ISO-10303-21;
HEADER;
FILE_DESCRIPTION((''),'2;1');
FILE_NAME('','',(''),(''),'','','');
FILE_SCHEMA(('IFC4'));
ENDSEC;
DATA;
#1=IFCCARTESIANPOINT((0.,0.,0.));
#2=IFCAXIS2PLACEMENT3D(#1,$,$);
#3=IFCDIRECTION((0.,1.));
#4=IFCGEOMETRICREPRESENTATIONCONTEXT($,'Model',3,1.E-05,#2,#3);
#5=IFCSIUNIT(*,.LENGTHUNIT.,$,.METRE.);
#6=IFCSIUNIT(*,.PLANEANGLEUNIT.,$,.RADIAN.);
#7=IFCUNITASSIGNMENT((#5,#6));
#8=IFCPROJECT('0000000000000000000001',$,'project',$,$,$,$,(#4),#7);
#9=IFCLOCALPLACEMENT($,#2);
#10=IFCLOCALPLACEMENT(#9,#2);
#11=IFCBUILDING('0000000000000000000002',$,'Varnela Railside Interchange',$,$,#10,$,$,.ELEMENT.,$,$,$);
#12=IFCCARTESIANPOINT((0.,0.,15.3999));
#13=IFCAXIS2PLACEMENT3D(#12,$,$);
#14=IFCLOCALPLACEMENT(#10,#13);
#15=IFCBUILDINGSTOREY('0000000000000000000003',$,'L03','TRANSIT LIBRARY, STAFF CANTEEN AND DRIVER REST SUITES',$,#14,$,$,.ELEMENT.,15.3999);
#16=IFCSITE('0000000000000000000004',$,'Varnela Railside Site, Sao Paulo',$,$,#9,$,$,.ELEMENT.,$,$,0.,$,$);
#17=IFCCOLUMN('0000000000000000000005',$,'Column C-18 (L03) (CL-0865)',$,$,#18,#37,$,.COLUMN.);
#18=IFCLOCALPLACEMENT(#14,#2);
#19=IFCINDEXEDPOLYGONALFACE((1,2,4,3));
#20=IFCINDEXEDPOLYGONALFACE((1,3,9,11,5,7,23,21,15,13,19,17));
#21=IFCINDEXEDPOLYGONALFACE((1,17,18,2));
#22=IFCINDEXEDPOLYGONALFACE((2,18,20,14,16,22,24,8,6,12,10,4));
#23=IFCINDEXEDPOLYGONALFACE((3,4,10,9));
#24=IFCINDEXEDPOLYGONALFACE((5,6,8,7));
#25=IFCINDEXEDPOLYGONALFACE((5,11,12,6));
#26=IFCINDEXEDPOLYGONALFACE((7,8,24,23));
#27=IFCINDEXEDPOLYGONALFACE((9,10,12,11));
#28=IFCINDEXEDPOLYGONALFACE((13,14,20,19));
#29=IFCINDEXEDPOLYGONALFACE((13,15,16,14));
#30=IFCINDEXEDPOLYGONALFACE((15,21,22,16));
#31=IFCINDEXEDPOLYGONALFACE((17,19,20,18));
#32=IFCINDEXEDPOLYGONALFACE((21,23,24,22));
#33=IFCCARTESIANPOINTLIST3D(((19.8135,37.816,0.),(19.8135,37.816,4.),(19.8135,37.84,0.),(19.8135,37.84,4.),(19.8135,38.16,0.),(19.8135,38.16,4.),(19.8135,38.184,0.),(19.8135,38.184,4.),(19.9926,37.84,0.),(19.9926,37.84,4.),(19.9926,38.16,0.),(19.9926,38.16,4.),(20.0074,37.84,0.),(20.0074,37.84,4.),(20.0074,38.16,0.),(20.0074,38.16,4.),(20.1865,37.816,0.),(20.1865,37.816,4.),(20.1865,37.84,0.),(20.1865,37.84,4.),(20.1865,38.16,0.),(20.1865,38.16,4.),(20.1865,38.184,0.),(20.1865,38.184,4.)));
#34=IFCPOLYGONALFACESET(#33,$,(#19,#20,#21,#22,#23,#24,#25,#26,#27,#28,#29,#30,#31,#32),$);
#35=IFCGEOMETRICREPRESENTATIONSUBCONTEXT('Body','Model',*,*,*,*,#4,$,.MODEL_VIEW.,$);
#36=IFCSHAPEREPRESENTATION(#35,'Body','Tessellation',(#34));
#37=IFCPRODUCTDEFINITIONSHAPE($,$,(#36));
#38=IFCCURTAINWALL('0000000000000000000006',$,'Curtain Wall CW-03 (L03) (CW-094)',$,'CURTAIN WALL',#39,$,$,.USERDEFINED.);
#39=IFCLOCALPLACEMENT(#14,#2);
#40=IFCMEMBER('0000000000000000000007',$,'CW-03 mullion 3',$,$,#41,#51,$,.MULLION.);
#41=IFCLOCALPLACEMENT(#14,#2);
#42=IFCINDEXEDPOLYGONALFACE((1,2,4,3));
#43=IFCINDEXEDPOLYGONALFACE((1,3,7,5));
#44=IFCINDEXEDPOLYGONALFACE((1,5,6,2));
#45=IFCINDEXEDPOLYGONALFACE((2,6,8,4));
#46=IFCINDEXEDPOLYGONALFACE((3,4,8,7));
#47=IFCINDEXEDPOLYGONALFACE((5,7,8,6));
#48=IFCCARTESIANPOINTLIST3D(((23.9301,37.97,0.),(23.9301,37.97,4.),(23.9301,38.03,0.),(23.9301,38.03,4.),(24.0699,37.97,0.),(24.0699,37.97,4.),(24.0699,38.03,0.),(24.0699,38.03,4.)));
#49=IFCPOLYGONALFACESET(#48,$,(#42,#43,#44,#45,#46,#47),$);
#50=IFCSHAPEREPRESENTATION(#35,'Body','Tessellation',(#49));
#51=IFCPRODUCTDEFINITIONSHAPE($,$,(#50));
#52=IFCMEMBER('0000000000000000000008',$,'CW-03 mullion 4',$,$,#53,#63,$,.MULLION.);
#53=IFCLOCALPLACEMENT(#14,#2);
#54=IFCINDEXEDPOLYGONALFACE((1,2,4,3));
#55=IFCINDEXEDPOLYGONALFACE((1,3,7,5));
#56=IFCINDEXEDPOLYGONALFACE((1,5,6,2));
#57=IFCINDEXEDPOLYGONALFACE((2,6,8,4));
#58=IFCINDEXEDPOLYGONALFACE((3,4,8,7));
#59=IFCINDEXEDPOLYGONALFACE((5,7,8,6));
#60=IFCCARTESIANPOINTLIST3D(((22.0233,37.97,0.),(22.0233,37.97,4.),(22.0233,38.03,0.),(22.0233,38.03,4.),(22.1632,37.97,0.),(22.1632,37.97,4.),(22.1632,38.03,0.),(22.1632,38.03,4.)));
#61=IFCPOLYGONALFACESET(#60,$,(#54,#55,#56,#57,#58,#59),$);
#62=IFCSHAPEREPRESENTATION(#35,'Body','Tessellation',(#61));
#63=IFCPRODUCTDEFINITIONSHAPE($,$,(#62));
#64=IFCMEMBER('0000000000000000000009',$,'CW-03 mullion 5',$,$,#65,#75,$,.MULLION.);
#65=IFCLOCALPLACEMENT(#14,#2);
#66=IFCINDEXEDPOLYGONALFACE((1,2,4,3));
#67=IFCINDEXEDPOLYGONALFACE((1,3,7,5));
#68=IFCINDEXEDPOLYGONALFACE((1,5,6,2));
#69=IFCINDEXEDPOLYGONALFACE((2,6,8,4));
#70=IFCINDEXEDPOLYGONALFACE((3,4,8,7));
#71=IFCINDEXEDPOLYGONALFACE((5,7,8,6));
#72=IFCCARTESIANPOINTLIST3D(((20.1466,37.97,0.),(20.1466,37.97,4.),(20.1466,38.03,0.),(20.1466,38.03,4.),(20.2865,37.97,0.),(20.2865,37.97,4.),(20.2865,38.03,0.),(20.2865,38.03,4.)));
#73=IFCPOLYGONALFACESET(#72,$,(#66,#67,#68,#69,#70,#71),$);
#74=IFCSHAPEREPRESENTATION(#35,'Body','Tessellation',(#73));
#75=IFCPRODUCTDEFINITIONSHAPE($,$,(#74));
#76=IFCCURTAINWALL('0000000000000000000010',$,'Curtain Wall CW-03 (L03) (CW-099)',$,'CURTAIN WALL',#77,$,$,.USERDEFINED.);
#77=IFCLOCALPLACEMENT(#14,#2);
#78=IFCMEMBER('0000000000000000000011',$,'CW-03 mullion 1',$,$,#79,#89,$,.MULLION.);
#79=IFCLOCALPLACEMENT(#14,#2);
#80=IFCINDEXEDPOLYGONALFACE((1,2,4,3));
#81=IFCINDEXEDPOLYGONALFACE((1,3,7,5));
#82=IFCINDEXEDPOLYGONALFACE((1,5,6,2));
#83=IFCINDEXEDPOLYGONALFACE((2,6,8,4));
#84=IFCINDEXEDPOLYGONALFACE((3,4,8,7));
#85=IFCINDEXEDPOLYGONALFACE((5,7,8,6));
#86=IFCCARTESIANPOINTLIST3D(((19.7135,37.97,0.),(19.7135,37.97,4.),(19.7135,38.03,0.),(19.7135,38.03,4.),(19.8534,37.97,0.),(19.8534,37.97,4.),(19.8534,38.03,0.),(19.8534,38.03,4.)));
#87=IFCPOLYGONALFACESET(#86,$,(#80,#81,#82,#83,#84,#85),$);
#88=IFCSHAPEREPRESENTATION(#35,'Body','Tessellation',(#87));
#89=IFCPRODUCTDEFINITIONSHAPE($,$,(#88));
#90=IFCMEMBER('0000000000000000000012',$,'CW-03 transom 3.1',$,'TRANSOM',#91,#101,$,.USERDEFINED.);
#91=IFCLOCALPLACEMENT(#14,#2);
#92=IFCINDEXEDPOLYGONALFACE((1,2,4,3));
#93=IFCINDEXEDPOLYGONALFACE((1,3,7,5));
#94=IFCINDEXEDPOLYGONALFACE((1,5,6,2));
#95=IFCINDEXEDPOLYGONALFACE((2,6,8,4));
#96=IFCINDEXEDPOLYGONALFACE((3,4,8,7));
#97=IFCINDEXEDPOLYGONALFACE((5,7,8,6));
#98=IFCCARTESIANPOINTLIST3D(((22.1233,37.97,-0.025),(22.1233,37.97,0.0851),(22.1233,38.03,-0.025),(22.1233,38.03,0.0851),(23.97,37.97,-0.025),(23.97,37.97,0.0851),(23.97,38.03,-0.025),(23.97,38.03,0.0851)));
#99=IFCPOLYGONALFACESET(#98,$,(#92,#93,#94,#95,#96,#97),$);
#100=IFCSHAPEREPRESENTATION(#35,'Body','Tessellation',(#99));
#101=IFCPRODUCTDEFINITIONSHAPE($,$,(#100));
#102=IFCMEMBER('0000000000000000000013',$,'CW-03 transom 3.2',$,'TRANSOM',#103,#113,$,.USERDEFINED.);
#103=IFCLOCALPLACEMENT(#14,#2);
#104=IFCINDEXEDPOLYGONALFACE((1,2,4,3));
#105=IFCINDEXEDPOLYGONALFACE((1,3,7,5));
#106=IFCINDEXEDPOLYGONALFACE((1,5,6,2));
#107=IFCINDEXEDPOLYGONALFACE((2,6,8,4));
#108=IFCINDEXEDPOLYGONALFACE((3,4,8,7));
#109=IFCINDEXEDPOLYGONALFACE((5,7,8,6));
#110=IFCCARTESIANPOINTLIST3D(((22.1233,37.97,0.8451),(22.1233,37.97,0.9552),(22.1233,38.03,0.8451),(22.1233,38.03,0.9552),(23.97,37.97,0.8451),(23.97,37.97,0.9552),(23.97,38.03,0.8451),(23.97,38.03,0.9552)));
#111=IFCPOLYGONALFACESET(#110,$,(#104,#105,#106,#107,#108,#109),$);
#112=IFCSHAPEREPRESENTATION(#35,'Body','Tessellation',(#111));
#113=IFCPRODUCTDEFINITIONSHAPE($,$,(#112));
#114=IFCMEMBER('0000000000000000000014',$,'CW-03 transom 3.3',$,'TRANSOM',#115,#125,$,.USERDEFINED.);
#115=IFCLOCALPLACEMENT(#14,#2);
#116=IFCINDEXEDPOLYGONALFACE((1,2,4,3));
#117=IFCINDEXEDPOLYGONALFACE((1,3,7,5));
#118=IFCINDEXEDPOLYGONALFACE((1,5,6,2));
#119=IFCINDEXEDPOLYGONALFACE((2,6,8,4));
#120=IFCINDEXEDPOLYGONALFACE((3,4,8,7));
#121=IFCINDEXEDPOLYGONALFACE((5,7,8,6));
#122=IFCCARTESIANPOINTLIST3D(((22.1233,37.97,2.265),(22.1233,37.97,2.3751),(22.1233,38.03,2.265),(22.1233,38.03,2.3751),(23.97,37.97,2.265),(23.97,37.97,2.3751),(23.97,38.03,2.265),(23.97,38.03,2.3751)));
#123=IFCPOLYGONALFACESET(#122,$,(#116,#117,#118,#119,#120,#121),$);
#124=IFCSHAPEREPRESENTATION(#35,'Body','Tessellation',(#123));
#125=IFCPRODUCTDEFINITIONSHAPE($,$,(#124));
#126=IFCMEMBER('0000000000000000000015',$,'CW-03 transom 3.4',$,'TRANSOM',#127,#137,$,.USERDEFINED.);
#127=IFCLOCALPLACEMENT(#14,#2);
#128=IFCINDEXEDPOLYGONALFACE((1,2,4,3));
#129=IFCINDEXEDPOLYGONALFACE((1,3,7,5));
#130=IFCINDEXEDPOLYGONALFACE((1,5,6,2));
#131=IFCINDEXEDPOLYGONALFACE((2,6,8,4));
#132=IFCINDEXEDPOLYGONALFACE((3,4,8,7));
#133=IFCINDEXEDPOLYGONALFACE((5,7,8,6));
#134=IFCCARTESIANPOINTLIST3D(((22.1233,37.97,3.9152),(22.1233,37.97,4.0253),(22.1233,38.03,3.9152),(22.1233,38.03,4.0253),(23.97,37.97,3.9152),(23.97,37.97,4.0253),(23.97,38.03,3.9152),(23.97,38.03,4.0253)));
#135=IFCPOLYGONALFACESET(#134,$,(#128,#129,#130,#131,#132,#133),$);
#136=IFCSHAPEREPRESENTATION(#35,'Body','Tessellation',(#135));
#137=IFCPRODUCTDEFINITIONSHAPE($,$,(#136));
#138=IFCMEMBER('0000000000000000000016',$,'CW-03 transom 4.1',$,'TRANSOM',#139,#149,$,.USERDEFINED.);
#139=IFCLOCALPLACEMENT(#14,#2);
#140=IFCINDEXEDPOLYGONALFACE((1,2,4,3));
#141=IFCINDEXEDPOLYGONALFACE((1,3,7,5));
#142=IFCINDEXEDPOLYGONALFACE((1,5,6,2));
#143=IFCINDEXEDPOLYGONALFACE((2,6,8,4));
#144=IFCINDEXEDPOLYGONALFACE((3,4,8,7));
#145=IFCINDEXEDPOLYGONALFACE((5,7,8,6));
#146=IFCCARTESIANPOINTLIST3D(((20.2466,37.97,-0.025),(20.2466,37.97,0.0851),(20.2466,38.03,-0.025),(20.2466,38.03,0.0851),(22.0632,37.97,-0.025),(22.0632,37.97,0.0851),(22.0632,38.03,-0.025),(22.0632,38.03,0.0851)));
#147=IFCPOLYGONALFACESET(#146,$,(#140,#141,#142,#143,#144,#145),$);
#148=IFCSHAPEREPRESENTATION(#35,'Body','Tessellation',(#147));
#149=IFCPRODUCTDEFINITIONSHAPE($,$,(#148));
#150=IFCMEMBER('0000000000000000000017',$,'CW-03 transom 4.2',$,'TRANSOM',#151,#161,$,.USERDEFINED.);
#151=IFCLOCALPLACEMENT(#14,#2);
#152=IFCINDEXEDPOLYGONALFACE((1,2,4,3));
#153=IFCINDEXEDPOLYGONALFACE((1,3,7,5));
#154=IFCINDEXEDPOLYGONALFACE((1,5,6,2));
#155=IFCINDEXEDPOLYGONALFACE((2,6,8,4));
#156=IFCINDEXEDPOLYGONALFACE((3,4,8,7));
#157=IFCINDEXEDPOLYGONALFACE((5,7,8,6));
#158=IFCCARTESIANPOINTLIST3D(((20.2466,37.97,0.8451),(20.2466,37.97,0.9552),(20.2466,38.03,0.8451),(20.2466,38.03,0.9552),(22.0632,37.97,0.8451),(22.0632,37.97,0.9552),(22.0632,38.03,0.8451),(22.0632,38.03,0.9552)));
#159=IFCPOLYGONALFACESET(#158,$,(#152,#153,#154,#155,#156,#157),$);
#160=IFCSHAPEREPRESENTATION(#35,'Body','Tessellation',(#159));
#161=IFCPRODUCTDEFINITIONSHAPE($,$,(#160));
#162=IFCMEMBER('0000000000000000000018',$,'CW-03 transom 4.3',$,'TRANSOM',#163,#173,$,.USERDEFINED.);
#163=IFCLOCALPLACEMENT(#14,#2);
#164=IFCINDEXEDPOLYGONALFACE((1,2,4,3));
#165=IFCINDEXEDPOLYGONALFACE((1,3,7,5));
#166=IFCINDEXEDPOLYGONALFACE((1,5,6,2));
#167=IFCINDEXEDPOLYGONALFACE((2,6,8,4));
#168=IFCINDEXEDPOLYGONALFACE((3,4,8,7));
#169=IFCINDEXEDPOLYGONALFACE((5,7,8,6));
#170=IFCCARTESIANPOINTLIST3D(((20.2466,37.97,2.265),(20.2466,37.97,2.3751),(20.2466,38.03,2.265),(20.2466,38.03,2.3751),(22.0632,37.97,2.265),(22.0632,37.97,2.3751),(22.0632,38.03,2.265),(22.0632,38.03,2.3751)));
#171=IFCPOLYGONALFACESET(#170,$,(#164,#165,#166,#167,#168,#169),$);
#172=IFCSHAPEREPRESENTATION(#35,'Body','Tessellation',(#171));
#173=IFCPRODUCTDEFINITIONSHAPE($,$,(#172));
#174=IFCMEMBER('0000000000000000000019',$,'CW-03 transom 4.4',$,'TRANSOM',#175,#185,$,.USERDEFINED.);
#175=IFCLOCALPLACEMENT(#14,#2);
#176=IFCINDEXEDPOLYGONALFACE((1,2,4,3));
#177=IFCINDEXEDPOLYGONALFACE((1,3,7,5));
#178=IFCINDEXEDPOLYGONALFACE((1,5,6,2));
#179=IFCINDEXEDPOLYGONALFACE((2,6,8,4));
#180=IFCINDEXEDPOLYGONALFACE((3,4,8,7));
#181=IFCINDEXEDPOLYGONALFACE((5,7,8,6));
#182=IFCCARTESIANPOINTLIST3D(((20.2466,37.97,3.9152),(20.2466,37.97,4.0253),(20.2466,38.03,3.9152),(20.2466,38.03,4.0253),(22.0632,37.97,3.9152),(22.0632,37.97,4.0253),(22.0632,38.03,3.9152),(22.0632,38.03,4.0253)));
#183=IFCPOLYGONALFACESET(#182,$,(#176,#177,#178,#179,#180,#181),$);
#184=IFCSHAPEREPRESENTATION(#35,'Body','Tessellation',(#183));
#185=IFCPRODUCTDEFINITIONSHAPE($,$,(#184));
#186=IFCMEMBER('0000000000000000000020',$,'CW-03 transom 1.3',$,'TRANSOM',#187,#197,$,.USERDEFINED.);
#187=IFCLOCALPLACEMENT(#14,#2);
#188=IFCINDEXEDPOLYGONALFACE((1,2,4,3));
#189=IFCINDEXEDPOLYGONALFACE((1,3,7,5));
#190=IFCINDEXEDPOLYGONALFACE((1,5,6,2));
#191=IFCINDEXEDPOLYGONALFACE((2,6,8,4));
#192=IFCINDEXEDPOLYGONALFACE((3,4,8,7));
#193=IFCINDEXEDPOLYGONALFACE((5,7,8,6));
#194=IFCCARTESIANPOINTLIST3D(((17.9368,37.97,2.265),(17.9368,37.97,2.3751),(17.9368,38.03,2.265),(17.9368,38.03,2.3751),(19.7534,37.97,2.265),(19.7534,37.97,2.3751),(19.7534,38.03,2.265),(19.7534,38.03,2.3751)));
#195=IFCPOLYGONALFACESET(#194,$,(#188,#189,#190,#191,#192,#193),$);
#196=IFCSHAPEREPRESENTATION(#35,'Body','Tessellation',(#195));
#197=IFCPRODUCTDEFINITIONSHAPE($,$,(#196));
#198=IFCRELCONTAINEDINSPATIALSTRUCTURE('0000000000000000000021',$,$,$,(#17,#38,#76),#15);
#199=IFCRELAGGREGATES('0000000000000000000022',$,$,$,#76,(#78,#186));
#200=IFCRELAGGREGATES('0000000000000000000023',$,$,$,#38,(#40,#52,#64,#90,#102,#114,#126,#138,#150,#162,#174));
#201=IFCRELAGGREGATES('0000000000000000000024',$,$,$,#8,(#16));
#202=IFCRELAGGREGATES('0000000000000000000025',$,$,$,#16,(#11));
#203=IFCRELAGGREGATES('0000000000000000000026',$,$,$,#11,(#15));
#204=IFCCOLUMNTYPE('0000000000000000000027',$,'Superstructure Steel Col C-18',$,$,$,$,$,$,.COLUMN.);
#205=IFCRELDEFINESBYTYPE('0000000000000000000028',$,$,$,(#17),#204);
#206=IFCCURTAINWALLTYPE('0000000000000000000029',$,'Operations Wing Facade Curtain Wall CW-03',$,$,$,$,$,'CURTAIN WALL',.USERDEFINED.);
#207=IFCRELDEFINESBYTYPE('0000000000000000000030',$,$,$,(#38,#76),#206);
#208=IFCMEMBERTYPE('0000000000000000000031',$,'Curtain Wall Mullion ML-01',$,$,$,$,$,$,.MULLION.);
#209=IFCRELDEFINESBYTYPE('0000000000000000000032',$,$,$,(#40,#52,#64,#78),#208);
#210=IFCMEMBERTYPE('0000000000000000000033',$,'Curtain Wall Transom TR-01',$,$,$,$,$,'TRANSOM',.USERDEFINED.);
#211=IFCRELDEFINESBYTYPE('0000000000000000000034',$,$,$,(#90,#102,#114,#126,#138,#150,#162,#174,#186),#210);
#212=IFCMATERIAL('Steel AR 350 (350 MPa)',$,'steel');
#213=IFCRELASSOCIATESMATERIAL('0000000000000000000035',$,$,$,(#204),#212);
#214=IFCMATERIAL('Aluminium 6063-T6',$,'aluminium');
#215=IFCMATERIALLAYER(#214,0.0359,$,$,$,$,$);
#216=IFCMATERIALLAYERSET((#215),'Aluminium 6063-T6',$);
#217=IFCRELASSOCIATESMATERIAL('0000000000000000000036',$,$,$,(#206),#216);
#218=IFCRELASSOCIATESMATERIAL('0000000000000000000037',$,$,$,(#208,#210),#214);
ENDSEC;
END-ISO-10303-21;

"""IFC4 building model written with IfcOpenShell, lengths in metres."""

from ifc_helpers import new_model, si_unit, direction, frame, origin, origin_2d, place, context, subcontext, project, spatial, rectangle, i_section, extrude, material, layer, layer_set, material_profile, profile_set, type_object, element, aggregate, save


model = new_model("IFC4")

# Units and contexts
model_context = context("Model", 3, precision=1e-05, world=origin(), true_north=direction((0.0, 1.0)))
body_context = subcontext(model_context, "Body", "Model", "MODEL_VIEW")
ifc_project = project(units=[si_unit("LENGTHUNIT", "METRE"), si_unit("PLANEANGLEUNIT", "RADIAN")], contexts=[model_context])

# Site, building, storey
site_placement = place(None, origin())
site = spatial("IfcSite", under=ifc_project, at=site_placement, Name="Varnela Railside Site, Sao Paulo", CompositionType="ELEMENT", RefElevation=0.0)
building_placement = place(site_placement, origin())
building = spatial("IfcBuilding", under=site, at=building_placement, Name="Varnela Railside Interchange", CompositionType="ELEMENT")
storey_placement = place(building_placement, frame((0.0, 0.0, 15.3999)))
storey = spatial("IfcBuildingStorey", under=building, at=storey_placement, Name="L03", Description="TRANSIT LIBRARY, STAFF CANTEEN AND DRIVER REST SUITES", CompositionType="ELEMENT", Elevation=15.3999)

# Column
ifc_material_1 = material(Name="Steel AR 350 (350 MPa)", Category="steel")
ifc_material_profile_1 = material_profile(ifc_material_1, i_section(OverallWidth=0.373, OverallDepth=0.3679, WebThickness=0.0149, FlangeThickness=0.0239, at=origin_2d()), Name="W360x179")
ifc_profile_set_1 = profile_set([ifc_material_profile_1], Name="Steel AR 350 (350 MPa)")
column_type = type_object("IfcColumnType", Name="Superstructure Steel Col C-18", PredefinedType="COLUMN", material=ifc_profile_set_1)
column_placement = place(storey_placement, frame((20.0, 38.0, 0.0), z_axis=(0.0, 0.0, 1.0), x_axis=(1.0, 0.0, 0.0)))
element("IfcColumn", 1, at=column_placement, inside=storey, type_object=column_type, Name="Column C-18 (L03) (CL-0865)", PredefinedType="COLUMN", context=body_context, shape_type="SweptSolid", body=[
    extrude(i_section(OverallWidth=0.373, OverallDepth=0.3679, WebThickness=0.0149, FlangeThickness=0.0239, at=origin_2d()), origin(), (0.0, 0.0, 1.0), 4.0),
])

# Curtain wall, members
ifc_material_2 = material(Name="Aluminium 6063-T6", Category="aluminium")
ifc_layer_1 = layer(ifc_material_2, 0.0359)
ifc_layer_set_1 = layer_set([ifc_layer_1], Name="Aluminium 6063-T6")
curtain_wall_type = type_object("IfcCurtainWallType", Name="Operations Wing Facade Curtain Wall CW-03", ElementType="CURTAIN WALL", PredefinedType="USERDEFINED", material=ifc_layer_set_1)
curtain_wall_1_placement = place(storey_placement, origin())
curtain_wall_1 = element("IfcCurtainWall", 2, at=curtain_wall_1_placement, inside=storey, type_object=curtain_wall_type, Name="Curtain Wall CW-03 (L03) (CW-094)", ObjectType="CURTAIN WALL", PredefinedType="USERDEFINED")
ifc_material_profile_2 = material_profile(ifc_material_2, rectangle(XDim=0.0601, YDim=0.1399, at=origin_2d()), Name="ALU 60x140")
ifc_profile_set_2 = profile_set([ifc_material_profile_2], Name="Aluminium 6063-T6")
member_type_1 = type_object("IfcMemberType", Name="Curtain Wall Mullion ML-01", PredefinedType="MULLION", material=ifc_profile_set_2)
member_1_placement = place(storey_placement, frame((24.0, 38.0, 0.0), z_axis=(0.0, 0.0, 1.0), x_axis=(0.0, -1.0, 0.0)))
member_1 = element("IfcMember", 3, at=member_1_placement, type_object=member_type_1, Name="CW-03 mullion 3", PredefinedType="MULLION", context=body_context, shape_type="SweptSolid", body=[
    extrude(rectangle(XDim=0.0601, YDim=0.1399, at=origin_2d()), origin(), (0.0, 0.0, 1.0), 4.0),
])
member_2_placement = place(storey_placement, frame((22.0933, 38.0, 0.0), z_axis=(0.0, 0.0, 1.0), x_axis=(0.0, -1.0, 0.0)))
member_2 = element("IfcMember", 4, at=member_2_placement, type_object=member_type_1, Name="CW-03 mullion 4", PredefinedType="MULLION", context=body_context, shape_type="SweptSolid", body=[
    extrude(rectangle(XDim=0.0601, YDim=0.1399, at=origin_2d()), origin(), (0.0, 0.0, 1.0), 4.0),
])
member_3_placement = place(storey_placement, frame((20.2166, 38.0, 0.0), z_axis=(0.0, 0.0, 1.0), x_axis=(0.0, -1.0, 0.0)))
member_3 = element("IfcMember", 5, at=member_3_placement, type_object=member_type_1, Name="CW-03 mullion 5", PredefinedType="MULLION", context=body_context, shape_type="SweptSolid", body=[
    extrude(rectangle(XDim=0.0601, YDim=0.1399, at=origin_2d()), origin(), (0.0, 0.0, 1.0), 4.0),
])

# Curtain wall, member
curtain_wall_2_placement = place(storey_placement, origin())
curtain_wall_2 = element("IfcCurtainWall", 6, at=curtain_wall_2_placement, inside=storey, type_object=curtain_wall_type, Name="Curtain Wall CW-03 (L03) (CW-099)", ObjectType="CURTAIN WALL", PredefinedType="USERDEFINED")
member_4_placement = place(storey_placement, frame((19.7834, 38.0, 0.0), z_axis=(0.0, 0.0, 1.0), x_axis=(0.0, -1.0, 0.0)))
member_4 = element("IfcMember", 7, at=member_4_placement, type_object=member_type_1, Name="CW-03 mullion 1", PredefinedType="MULLION", context=body_context, shape_type="SweptSolid", body=[
    extrude(rectangle(XDim=0.0601, YDim=0.1399, at=origin_2d()), origin(), (0.0, 0.0, 1.0), 4.0),
])

# Members
ifc_material_profile_3 = material_profile(ifc_material_2, rectangle(XDim=0.0601, YDim=0.1101, at=origin_2d()), Name="ALU 60x110")
ifc_profile_set_3 = profile_set([ifc_material_profile_3], Name="Aluminium 6063-T6")
member_type_2 = type_object("IfcMemberType", Name="Curtain Wall Transom TR-01", ElementType="TRANSOM", PredefinedType="USERDEFINED", material=ifc_profile_set_3)
member_5_placement = place(storey_placement, frame((23.97, 38.0, 0.03), z_axis=(-1.0, 0.0, 0.0), x_axis=(0.0, -1.0, 0.0)))
member_5 = element("IfcMember", 8, at=member_5_placement, type_object=member_type_2, Name="CW-03 transom 3.1", ObjectType="TRANSOM", PredefinedType="USERDEFINED", context=body_context, shape_type="SweptSolid", body=[
    extrude(rectangle(XDim=0.0601, YDim=0.1101, at=origin_2d()), origin(), (0.0, 0.0, 1.0), 1.8467),
])
member_6_placement = place(storey_placement, frame((23.97, 38.0, 0.9001), z_axis=(-1.0, 0.0, 0.0), x_axis=(0.0, -1.0, 0.0)))
member_6 = element("IfcMember", 9, at=member_6_placement, type_object=member_type_2, Name="CW-03 transom 3.2", ObjectType="TRANSOM", PredefinedType="USERDEFINED", context=body_context, shape_type="SweptSolid", body=[
    extrude(rectangle(XDim=0.0601, YDim=0.1101, at=origin_2d()), origin(), (0.0, 0.0, 1.0), 1.8467),
])
member_7_placement = place(storey_placement, frame((23.97, 38.0, 2.3201), z_axis=(-1.0, 0.0, 0.0), x_axis=(0.0, -1.0, 0.0)))
member_7 = element("IfcMember", 10, at=member_7_placement, type_object=member_type_2, Name="CW-03 transom 3.3", ObjectType="TRANSOM", PredefinedType="USERDEFINED", context=body_context, shape_type="SweptSolid", body=[
    extrude(rectangle(XDim=0.0601, YDim=0.1101, at=origin_2d()), origin(), (0.0, 0.0, 1.0), 1.8467),
])
member_8_placement = place(storey_placement, frame((23.97, 38.0, 3.9702), z_axis=(-1.0, 0.0, 0.0), x_axis=(0.0, -1.0, 0.0)))
member_8 = element("IfcMember", 11, at=member_8_placement, type_object=member_type_2, Name="CW-03 transom 3.4", ObjectType="TRANSOM", PredefinedType="USERDEFINED", context=body_context, shape_type="SweptSolid", body=[
    extrude(rectangle(XDim=0.0601, YDim=0.1101, at=origin_2d()), origin(), (0.0, 0.0, 1.0), 1.8467),
])
member_9_placement = place(storey_placement, frame((22.0632, 38.0, 0.03), z_axis=(-1.0, 0.0, 0.0), x_axis=(0.0, -1.0, 0.0)))
member_9 = element("IfcMember", 12, at=member_9_placement, type_object=member_type_2, Name="CW-03 transom 4.1", ObjectType="TRANSOM", PredefinedType="USERDEFINED", context=body_context, shape_type="SweptSolid", body=[
    extrude(rectangle(XDim=0.0601, YDim=0.1101, at=origin_2d()), origin(), (0.0, 0.0, 1.0), 1.8167),
])
member_10_placement = place(storey_placement, frame((22.0632, 38.0, 0.9001), z_axis=(-1.0, 0.0, 0.0), x_axis=(0.0, -1.0, 0.0)))
member_10 = element("IfcMember", 13, at=member_10_placement, type_object=member_type_2, Name="CW-03 transom 4.2", ObjectType="TRANSOM", PredefinedType="USERDEFINED", context=body_context, shape_type="SweptSolid", body=[
    extrude(rectangle(XDim=0.0601, YDim=0.1101, at=origin_2d()), origin(), (0.0, 0.0, 1.0), 1.8167),
])
member_11_placement = place(storey_placement, frame((22.0632, 38.0, 2.3201), z_axis=(-1.0, 0.0, 0.0), x_axis=(0.0, -1.0, 0.0)))
member_11 = element("IfcMember", 14, at=member_11_placement, type_object=member_type_2, Name="CW-03 transom 4.3", ObjectType="TRANSOM", PredefinedType="USERDEFINED", context=body_context, shape_type="SweptSolid", body=[
    extrude(rectangle(XDim=0.0601, YDim=0.1101, at=origin_2d()), origin(), (0.0, 0.0, 1.0), 1.8167),
])
member_12_placement = place(storey_placement, frame((22.0632, 38.0, 3.9702), z_axis=(-1.0, 0.0, 0.0), x_axis=(0.0, -1.0, 0.0)))
member_12 = element("IfcMember", 15, at=member_12_placement, type_object=member_type_2, Name="CW-03 transom 4.4", ObjectType="TRANSOM", PredefinedType="USERDEFINED", context=body_context, shape_type="SweptSolid", body=[
    extrude(rectangle(XDim=0.0601, YDim=0.1101, at=origin_2d()), origin(), (0.0, 0.0, 1.0), 1.8167),
])
member_13_placement = place(storey_placement, frame((19.7534, 38.0, 2.3201), z_axis=(-1.0, 0.0, 0.0), x_axis=(0.0, -1.0, 0.0)))
member_13 = element("IfcMember", 16, at=member_13_placement, type_object=member_type_2, Name="CW-03 transom 1.3", ObjectType="TRANSOM", PredefinedType="USERDEFINED", context=body_context, shape_type="SweptSolid", body=[
    extrude(rectangle(XDim=0.0601, YDim=0.1101, at=origin_2d()), origin(), (0.0, 0.0, 1.0), 1.8167),
])
aggregate(curtain_wall_2, [member_4, member_13])

aggregate(curtain_wall_1, [member_1, member_2, member_3, member_5, member_6, member_7, member_8, member_9, member_10, member_11, member_12])

save(model, "model.ifc")
